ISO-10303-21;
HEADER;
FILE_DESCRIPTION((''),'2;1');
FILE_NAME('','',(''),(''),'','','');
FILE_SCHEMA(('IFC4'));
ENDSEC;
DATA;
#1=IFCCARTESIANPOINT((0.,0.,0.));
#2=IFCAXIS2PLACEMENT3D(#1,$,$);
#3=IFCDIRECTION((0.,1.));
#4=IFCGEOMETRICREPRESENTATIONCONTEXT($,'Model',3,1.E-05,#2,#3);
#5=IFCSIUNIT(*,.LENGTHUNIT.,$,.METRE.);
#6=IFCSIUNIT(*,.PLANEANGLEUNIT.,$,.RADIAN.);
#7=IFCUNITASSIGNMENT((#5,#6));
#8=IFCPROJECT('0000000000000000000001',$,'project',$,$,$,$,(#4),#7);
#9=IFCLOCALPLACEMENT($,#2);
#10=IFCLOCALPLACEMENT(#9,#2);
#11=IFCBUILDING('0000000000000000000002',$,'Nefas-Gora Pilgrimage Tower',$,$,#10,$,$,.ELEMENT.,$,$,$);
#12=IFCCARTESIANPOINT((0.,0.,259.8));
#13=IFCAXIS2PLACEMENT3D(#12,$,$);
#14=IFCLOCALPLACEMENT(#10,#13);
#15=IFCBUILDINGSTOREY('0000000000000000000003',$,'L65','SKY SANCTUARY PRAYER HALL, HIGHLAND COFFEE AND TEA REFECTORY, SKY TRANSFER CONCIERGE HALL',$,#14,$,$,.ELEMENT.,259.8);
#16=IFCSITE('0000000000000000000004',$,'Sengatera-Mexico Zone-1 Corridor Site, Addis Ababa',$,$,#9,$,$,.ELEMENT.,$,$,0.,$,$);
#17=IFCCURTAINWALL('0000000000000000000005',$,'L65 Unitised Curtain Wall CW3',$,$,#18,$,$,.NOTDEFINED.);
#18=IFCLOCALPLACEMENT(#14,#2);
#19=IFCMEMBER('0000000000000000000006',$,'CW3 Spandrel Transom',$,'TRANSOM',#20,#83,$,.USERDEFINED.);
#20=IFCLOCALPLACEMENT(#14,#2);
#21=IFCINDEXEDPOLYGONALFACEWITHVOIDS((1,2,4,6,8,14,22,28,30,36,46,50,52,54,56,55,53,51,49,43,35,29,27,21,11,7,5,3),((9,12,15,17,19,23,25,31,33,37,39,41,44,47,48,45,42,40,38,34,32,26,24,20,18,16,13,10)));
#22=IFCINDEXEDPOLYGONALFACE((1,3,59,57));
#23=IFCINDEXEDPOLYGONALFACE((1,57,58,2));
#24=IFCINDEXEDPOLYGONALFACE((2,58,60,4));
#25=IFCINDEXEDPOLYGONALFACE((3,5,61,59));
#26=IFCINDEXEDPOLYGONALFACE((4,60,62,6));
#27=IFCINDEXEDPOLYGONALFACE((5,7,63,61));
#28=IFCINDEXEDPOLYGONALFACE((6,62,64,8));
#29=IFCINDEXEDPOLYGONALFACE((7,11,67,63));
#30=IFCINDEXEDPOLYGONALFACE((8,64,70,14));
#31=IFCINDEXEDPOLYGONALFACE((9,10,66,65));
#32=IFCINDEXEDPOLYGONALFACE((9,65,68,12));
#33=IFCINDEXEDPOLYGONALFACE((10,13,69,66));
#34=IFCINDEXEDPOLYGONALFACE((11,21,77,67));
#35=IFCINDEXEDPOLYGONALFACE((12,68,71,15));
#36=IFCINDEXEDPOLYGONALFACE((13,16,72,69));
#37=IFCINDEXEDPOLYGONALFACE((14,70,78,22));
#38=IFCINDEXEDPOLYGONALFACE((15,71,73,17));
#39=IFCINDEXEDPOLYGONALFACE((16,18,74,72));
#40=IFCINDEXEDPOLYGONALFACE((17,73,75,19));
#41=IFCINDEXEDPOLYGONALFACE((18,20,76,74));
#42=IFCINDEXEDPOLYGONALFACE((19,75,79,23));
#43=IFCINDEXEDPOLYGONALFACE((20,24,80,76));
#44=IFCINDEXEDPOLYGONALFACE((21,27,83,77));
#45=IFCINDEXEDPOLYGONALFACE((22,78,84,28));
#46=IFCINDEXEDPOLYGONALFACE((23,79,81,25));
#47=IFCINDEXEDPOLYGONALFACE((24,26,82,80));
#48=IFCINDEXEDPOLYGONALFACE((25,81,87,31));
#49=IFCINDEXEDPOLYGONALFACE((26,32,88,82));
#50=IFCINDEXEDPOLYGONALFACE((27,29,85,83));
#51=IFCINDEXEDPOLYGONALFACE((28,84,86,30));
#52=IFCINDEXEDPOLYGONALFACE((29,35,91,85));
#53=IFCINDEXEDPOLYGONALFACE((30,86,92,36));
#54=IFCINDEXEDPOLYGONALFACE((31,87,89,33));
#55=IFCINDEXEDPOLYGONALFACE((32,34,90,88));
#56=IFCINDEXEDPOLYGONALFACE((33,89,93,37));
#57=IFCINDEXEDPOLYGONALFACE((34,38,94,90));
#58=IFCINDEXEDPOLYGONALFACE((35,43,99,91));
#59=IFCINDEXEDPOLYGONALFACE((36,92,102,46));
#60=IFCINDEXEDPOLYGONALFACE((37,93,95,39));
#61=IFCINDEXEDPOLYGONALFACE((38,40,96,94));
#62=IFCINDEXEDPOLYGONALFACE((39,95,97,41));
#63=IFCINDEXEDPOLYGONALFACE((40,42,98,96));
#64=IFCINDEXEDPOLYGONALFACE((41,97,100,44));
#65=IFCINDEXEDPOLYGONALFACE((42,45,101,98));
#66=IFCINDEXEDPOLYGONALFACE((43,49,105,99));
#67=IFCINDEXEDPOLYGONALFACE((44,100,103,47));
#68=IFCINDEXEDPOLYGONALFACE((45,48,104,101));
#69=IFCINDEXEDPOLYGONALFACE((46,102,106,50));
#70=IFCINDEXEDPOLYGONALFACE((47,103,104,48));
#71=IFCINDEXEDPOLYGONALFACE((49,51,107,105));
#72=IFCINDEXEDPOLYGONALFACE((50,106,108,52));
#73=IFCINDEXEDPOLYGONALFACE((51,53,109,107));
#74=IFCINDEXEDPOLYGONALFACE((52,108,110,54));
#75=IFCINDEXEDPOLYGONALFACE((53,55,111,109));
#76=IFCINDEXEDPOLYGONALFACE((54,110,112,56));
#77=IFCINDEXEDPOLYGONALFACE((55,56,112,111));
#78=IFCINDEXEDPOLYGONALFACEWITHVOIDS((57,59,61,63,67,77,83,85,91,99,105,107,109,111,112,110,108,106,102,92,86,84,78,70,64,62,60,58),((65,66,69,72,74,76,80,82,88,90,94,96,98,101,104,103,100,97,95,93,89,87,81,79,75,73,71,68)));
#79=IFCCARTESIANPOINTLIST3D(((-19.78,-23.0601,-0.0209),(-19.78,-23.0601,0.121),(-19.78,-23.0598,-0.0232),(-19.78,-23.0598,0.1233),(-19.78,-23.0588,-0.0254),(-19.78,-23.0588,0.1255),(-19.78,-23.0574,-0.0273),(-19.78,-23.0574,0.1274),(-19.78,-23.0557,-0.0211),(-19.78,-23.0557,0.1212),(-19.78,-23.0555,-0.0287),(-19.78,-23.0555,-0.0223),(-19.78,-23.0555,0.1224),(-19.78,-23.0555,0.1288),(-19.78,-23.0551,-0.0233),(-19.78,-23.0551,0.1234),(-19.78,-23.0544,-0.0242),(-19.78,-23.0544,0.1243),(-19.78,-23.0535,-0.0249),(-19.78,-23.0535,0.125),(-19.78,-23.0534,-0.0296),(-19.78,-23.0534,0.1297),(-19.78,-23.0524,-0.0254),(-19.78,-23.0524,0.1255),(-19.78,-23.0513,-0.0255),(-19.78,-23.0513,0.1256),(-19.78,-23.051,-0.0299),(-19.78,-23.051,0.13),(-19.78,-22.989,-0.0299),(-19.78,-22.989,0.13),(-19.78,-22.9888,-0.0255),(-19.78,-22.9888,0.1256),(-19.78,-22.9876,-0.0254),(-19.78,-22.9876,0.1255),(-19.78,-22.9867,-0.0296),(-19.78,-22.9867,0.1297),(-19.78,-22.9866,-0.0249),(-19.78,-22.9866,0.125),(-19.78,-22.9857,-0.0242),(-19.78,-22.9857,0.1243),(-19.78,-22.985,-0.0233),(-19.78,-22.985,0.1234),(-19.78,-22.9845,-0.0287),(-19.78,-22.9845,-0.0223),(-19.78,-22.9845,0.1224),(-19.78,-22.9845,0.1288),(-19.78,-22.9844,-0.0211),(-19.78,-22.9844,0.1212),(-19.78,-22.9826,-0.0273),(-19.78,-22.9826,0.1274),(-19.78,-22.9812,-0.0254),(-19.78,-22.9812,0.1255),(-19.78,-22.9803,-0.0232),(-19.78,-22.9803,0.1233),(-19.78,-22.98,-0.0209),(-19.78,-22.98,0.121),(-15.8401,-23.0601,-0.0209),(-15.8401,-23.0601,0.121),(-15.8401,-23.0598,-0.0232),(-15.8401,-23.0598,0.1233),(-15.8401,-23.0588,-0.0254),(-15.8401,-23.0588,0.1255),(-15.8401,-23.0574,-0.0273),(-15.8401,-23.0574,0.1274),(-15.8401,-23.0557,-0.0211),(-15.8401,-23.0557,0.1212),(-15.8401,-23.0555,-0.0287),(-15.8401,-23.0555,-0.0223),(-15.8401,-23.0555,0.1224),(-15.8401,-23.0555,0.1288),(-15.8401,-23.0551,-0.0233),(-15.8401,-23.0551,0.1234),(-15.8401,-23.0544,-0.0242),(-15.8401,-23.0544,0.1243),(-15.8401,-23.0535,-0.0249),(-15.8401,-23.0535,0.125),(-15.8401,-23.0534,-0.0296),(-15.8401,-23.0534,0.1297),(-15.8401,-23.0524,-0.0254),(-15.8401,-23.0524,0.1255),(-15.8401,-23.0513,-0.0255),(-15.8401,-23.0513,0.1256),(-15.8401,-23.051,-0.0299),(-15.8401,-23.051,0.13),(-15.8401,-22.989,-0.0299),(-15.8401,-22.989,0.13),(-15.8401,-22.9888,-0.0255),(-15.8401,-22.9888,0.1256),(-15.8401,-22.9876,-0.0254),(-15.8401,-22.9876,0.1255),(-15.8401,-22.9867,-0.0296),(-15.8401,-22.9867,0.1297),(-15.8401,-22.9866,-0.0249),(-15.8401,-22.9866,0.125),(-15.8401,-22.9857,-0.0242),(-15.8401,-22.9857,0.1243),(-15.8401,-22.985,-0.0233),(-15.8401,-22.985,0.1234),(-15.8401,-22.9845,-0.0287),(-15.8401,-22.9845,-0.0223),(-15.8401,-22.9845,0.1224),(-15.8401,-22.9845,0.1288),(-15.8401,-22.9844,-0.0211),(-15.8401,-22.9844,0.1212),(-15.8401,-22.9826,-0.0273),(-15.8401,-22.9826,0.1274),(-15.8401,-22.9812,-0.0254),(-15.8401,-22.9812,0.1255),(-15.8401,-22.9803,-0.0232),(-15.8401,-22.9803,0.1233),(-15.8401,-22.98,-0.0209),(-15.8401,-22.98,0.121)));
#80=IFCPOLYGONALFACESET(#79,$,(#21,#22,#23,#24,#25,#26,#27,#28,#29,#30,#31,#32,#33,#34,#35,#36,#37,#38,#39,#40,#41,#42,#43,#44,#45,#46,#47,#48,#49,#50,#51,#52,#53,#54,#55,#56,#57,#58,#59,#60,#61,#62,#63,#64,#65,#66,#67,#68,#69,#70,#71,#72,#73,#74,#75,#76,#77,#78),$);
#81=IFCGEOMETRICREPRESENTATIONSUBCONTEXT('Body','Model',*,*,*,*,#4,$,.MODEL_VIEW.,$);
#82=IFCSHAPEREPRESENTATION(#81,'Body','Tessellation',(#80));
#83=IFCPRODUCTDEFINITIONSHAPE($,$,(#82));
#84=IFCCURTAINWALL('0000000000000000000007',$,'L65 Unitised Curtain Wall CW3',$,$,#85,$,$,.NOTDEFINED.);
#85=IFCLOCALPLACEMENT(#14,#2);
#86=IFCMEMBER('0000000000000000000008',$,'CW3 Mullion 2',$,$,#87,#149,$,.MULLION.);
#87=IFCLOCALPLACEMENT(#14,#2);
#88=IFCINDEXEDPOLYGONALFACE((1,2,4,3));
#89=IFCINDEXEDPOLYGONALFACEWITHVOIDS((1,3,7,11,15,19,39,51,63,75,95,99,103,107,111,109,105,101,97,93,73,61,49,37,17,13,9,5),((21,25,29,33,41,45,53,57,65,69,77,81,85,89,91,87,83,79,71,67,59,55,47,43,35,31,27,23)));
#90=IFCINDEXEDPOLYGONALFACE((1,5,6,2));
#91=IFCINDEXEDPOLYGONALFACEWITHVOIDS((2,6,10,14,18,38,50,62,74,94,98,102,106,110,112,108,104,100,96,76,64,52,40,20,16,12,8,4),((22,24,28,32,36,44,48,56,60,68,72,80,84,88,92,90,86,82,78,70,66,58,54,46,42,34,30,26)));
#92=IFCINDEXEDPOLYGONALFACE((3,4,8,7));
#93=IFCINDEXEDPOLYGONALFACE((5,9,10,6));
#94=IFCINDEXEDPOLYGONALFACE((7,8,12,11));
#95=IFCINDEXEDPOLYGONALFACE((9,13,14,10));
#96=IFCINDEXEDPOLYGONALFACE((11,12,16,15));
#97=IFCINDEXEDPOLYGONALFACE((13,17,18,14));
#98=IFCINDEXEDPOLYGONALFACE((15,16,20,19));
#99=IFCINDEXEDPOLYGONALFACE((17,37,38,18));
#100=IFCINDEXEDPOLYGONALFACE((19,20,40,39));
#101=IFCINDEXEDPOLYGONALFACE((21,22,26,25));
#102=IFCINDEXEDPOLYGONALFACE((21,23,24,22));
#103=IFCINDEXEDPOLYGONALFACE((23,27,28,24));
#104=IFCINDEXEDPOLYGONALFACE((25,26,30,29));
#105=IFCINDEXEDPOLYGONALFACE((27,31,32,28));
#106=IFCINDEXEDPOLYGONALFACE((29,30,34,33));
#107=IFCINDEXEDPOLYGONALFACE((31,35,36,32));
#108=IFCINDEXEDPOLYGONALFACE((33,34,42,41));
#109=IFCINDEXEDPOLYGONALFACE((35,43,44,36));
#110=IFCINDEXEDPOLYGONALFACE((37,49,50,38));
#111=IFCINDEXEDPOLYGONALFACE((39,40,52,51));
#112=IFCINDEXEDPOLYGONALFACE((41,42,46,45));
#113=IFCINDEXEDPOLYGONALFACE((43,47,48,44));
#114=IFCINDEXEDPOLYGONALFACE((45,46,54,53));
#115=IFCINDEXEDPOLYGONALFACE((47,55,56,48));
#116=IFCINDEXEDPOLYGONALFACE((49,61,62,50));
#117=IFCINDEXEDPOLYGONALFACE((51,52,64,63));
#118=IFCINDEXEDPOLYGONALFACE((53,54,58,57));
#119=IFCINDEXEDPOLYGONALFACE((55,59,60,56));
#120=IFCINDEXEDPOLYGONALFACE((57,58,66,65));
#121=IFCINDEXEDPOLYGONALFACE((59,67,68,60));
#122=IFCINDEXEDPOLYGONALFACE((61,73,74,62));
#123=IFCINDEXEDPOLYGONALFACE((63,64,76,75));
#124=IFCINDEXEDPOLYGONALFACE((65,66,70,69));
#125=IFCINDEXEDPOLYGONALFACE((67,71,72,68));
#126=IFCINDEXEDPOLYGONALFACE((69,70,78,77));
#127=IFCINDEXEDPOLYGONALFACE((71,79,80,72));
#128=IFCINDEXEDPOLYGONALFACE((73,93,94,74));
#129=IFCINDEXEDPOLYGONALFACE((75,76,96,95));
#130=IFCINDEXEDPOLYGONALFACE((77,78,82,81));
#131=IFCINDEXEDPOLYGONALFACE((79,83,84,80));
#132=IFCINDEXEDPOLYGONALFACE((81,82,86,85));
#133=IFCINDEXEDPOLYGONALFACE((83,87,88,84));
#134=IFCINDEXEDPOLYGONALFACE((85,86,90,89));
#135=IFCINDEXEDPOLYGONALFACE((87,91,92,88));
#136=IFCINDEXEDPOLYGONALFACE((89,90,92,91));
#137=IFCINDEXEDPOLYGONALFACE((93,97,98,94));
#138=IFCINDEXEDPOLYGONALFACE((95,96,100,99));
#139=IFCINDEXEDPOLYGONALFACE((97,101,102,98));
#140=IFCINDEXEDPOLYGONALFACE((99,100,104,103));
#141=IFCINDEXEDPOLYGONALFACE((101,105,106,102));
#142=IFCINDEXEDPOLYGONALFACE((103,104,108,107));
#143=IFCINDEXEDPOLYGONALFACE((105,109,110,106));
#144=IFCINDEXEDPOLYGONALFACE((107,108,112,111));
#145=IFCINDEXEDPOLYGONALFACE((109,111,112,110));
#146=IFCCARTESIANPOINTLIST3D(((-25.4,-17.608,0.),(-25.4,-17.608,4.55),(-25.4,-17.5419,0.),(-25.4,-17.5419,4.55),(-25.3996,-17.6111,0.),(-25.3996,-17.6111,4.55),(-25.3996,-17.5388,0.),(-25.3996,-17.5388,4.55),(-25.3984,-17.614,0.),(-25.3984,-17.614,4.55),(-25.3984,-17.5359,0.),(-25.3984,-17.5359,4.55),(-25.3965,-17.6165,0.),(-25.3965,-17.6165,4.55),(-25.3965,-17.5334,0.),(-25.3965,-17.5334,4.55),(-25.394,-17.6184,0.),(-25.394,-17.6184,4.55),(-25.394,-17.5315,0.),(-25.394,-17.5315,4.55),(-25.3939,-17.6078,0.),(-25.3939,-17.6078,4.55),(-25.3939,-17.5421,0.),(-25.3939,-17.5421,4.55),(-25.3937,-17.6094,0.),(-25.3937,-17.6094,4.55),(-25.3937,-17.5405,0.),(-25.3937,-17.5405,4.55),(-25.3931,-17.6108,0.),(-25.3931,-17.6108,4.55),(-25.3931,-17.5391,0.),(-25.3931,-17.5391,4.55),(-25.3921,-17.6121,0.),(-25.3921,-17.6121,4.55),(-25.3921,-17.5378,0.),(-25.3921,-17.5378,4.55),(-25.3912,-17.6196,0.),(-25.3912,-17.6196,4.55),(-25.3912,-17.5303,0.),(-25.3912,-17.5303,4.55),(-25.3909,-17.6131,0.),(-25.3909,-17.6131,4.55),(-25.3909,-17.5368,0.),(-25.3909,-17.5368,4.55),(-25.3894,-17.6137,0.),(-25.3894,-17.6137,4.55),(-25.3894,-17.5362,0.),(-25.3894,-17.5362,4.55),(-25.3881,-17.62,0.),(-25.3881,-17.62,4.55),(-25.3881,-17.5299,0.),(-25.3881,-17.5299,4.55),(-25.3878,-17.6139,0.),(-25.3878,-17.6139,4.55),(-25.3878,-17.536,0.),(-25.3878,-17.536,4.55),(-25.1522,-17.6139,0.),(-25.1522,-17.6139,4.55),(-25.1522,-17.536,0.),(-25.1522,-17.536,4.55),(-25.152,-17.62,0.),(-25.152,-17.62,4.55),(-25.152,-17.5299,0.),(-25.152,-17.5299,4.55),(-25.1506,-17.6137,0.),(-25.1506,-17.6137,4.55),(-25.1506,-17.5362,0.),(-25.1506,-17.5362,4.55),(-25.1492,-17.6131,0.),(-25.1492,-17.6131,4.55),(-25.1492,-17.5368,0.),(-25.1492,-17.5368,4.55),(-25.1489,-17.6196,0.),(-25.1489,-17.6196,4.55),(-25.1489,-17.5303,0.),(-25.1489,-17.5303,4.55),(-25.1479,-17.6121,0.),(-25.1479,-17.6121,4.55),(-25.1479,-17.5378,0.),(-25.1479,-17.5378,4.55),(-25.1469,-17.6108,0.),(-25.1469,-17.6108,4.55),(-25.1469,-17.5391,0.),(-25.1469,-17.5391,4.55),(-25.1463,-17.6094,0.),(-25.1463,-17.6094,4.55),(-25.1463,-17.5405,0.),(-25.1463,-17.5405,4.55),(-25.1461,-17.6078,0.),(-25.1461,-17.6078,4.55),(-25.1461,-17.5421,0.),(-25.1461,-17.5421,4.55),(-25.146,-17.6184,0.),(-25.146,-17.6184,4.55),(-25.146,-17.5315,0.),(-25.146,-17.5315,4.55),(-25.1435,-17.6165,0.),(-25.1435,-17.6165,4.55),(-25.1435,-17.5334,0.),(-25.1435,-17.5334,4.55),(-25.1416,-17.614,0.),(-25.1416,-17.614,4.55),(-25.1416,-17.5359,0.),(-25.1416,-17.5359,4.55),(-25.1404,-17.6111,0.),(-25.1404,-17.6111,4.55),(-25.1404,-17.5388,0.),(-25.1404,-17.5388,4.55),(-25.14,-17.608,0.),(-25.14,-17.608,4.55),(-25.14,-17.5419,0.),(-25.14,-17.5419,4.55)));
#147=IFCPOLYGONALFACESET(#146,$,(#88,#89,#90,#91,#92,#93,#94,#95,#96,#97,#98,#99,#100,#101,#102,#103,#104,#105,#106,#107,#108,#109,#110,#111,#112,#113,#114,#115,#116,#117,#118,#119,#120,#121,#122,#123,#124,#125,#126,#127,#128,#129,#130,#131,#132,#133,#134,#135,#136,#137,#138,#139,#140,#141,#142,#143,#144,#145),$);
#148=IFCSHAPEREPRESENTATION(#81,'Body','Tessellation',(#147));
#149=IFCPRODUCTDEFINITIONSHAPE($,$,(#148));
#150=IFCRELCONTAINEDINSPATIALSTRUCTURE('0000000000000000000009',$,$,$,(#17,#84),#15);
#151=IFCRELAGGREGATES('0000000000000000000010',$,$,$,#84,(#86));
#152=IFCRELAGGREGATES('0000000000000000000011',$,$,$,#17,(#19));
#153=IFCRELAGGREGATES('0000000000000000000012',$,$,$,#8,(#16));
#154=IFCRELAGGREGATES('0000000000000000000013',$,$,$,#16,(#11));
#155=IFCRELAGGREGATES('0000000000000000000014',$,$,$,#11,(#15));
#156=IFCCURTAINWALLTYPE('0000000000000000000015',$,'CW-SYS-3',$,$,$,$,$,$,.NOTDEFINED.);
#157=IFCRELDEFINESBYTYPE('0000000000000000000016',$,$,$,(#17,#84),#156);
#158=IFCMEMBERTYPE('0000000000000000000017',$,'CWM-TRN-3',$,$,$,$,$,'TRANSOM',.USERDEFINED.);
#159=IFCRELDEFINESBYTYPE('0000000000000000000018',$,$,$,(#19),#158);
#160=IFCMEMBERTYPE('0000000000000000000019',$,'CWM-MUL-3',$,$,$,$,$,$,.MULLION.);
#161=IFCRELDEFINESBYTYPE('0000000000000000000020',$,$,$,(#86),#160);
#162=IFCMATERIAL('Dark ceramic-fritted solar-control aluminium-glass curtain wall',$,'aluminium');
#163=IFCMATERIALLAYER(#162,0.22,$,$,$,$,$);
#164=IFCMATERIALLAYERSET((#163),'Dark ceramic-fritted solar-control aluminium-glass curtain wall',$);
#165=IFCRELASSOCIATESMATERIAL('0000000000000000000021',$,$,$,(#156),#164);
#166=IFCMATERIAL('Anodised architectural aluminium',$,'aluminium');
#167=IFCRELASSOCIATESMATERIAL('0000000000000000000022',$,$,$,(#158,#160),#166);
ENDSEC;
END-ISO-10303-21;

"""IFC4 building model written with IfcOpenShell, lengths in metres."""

from ifc_helpers import new_model, si_unit, direction, frame, origin, origin_2d, place, context, subcontext, project, spatial, hollow_rectangle, extrude, source, transform, mapped, material, layer, layer_set, material_profile, profile_set, type_object, element, aggregate, save


model = new_model("IFC4")

# Units and contexts
model_context = context("Model", 3, precision=1e-05, world=origin(), true_north=direction((0.0, 1.0)))
body_context = subcontext(model_context, "Body", "Model", "MODEL_VIEW")
ifc_project = project(units=[si_unit("LENGTHUNIT", "METRE"), si_unit("PLANEANGLEUNIT", "RADIAN")], contexts=[model_context])

# Site, building, storey
site_placement = place(None, origin())
site = spatial("IfcSite", under=ifc_project, at=site_placement, Name="Sengatera-Mexico Zone-1 Corridor Site, Addis Ababa", CompositionType="ELEMENT", RefElevation=0.0)
building_placement = place(site_placement, origin())
building = spatial("IfcBuilding", under=site, at=building_placement, Name="Nefas-Gora Pilgrimage Tower", CompositionType="ELEMENT")
storey_placement = place(building_placement, frame((0.0, 0.0, 259.8)))
storey = spatial("IfcBuildingStorey", under=building, at=storey_placement, Name="L65", Description="SKY SANCTUARY PRAYER HALL, HIGHLAND COFFEE AND TEA REFECTORY, SKY TRANSFER CONCIERGE HALL", CompositionType="ELEMENT", Elevation=259.8)

# Shared definitions
ifc_material_1 = material(Name="Dark ceramic-fritted solar-control aluminium-glass curtain wall", Category="aluminium")
ifc_material_2 = material(Name="Anodised architectural aluminium", Category="aluminium")

# Curtain walls, members
ifc_layer_1 = layer(ifc_material_1, 0.22)
ifc_layer_set_1 = layer_set([ifc_layer_1], Name="Dark ceramic-fritted solar-control aluminium-glass curtain wall")
curtain_wall_type_1 = type_object("IfcCurtainWallType", Name="CW-SYS-3", PredefinedType="NOTDEFINED", material=ifc_layer_set_1)
curtain_wall_1_placement = place(storey_placement, origin())
curtain_wall_1 = element("IfcCurtainWall", 1, at=curtain_wall_1_placement, inside=storey, type_object=curtain_wall_type_1, Name="L65 Unitised Curtain Wall CW3", PredefinedType="NOTDEFINED")
ifc_material_profile_1 = material_profile(ifc_material_2, hollow_rectangle(XDim=0.0801, YDim=0.1599, WallThickness=0.0044, InnerFilletRadius=0.0044, OuterFilletRadius=0.009, at=origin_2d()), Name="ALU TRANSOM 80x160")
ifc_profile_set_1 = profile_set([ifc_material_profile_1], Name="Anodised architectural aluminium")
member_type_1 = type_object("IfcMemberType", Name="CWM-TRN-3", ElementType="TRANSOM", PredefinedType="USERDEFINED", material=ifc_profile_set_1)
shared_shape_1 = source(origin(), body_context, "Body", "SweptSolid", [
    extrude(hollow_rectangle(XDim=0.0801, YDim=0.1599, WallThickness=0.0044, InnerFilletRadius=0.0044, OuterFilletRadius=0.009, at=origin_2d()), origin(), (0.0, 0.0, 1.0), 3.9399),
])
member_1_placement = place(storey_placement, frame((-19.78, -23.02, 0.05), z_axis=(1.0, 0.0, 0.0), x_axis=(0.0, 1.0, 0.0)))
member_1 = element("IfcMember", 2, at=member_1_placement, type_object=member_type_1, Name="CW3 Spandrel Transom", ObjectType="TRANSOM", PredefinedType="USERDEFINED", context=body_context, shape_type="MappedRepresentation", body=[
    mapped(shared_shape_1, transform((0.0, 0.0, 0.0), x_axis=(1.0, 0.0, 0.0), y_axis=(0.0, 1.0, 0.0), z_axis=(0.0, 0.0, 1.0), scale=1.0)),
])
curtain_wall_2_placement = place(storey_placement, origin())
curtain_wall_2 = element("IfcCurtainWall", 3, at=curtain_wall_2_placement, inside=storey, type_object=curtain_wall_type_1, Name="L65 Unitised Curtain Wall CW3", PredefinedType="NOTDEFINED")
ifc_material_profile_2 = material_profile(ifc_material_2, hollow_rectangle(XDim=0.0901, YDim=0.26, WallThickness=0.0061, InnerFilletRadius=0.0061, OuterFilletRadius=0.012, at=origin_2d()), Name="ALU MULLION 90x260")
ifc_profile_set_2 = profile_set([ifc_material_profile_2], Name="Anodised architectural aluminium")
member_type_2 = type_object("IfcMemberType", Name="CWM-MUL-3", PredefinedType="MULLION", material=ifc_profile_set_2)
shared_shape_2 = source(origin(), body_context, "Body", "SweptSolid", [
    extrude(hollow_rectangle(XDim=0.0901, YDim=0.26, WallThickness=0.0061, InnerFilletRadius=0.0061, OuterFilletRadius=0.012, at=origin_2d()), origin(), (0.0, 0.0, 1.0), 4.55),
])
member_2_placement = place(storey_placement, frame((-25.27, -17.575, 0.0), z_axis=(0.0, 0.0, 1.0), x_axis=(0.0, -1.0, 0.0)))
member_2 = element("IfcMember", 4, at=member_2_placement, type_object=member_type_2, Name="CW3 Mullion 2", PredefinedType="MULLION", context=body_context, shape_type="MappedRepresentation", body=[
    mapped(shared_shape_2, transform((0.0, 0.0, 0.0), x_axis=(1.0, 0.0, 0.0), y_axis=(0.0, 1.0, 0.0), z_axis=(0.0, 0.0, 1.0), scale=1.0)),
])
aggregate(curtain_wall_2, [member_2])

aggregate(curtain_wall_1, [member_1])

save(model, "model.ifc")
